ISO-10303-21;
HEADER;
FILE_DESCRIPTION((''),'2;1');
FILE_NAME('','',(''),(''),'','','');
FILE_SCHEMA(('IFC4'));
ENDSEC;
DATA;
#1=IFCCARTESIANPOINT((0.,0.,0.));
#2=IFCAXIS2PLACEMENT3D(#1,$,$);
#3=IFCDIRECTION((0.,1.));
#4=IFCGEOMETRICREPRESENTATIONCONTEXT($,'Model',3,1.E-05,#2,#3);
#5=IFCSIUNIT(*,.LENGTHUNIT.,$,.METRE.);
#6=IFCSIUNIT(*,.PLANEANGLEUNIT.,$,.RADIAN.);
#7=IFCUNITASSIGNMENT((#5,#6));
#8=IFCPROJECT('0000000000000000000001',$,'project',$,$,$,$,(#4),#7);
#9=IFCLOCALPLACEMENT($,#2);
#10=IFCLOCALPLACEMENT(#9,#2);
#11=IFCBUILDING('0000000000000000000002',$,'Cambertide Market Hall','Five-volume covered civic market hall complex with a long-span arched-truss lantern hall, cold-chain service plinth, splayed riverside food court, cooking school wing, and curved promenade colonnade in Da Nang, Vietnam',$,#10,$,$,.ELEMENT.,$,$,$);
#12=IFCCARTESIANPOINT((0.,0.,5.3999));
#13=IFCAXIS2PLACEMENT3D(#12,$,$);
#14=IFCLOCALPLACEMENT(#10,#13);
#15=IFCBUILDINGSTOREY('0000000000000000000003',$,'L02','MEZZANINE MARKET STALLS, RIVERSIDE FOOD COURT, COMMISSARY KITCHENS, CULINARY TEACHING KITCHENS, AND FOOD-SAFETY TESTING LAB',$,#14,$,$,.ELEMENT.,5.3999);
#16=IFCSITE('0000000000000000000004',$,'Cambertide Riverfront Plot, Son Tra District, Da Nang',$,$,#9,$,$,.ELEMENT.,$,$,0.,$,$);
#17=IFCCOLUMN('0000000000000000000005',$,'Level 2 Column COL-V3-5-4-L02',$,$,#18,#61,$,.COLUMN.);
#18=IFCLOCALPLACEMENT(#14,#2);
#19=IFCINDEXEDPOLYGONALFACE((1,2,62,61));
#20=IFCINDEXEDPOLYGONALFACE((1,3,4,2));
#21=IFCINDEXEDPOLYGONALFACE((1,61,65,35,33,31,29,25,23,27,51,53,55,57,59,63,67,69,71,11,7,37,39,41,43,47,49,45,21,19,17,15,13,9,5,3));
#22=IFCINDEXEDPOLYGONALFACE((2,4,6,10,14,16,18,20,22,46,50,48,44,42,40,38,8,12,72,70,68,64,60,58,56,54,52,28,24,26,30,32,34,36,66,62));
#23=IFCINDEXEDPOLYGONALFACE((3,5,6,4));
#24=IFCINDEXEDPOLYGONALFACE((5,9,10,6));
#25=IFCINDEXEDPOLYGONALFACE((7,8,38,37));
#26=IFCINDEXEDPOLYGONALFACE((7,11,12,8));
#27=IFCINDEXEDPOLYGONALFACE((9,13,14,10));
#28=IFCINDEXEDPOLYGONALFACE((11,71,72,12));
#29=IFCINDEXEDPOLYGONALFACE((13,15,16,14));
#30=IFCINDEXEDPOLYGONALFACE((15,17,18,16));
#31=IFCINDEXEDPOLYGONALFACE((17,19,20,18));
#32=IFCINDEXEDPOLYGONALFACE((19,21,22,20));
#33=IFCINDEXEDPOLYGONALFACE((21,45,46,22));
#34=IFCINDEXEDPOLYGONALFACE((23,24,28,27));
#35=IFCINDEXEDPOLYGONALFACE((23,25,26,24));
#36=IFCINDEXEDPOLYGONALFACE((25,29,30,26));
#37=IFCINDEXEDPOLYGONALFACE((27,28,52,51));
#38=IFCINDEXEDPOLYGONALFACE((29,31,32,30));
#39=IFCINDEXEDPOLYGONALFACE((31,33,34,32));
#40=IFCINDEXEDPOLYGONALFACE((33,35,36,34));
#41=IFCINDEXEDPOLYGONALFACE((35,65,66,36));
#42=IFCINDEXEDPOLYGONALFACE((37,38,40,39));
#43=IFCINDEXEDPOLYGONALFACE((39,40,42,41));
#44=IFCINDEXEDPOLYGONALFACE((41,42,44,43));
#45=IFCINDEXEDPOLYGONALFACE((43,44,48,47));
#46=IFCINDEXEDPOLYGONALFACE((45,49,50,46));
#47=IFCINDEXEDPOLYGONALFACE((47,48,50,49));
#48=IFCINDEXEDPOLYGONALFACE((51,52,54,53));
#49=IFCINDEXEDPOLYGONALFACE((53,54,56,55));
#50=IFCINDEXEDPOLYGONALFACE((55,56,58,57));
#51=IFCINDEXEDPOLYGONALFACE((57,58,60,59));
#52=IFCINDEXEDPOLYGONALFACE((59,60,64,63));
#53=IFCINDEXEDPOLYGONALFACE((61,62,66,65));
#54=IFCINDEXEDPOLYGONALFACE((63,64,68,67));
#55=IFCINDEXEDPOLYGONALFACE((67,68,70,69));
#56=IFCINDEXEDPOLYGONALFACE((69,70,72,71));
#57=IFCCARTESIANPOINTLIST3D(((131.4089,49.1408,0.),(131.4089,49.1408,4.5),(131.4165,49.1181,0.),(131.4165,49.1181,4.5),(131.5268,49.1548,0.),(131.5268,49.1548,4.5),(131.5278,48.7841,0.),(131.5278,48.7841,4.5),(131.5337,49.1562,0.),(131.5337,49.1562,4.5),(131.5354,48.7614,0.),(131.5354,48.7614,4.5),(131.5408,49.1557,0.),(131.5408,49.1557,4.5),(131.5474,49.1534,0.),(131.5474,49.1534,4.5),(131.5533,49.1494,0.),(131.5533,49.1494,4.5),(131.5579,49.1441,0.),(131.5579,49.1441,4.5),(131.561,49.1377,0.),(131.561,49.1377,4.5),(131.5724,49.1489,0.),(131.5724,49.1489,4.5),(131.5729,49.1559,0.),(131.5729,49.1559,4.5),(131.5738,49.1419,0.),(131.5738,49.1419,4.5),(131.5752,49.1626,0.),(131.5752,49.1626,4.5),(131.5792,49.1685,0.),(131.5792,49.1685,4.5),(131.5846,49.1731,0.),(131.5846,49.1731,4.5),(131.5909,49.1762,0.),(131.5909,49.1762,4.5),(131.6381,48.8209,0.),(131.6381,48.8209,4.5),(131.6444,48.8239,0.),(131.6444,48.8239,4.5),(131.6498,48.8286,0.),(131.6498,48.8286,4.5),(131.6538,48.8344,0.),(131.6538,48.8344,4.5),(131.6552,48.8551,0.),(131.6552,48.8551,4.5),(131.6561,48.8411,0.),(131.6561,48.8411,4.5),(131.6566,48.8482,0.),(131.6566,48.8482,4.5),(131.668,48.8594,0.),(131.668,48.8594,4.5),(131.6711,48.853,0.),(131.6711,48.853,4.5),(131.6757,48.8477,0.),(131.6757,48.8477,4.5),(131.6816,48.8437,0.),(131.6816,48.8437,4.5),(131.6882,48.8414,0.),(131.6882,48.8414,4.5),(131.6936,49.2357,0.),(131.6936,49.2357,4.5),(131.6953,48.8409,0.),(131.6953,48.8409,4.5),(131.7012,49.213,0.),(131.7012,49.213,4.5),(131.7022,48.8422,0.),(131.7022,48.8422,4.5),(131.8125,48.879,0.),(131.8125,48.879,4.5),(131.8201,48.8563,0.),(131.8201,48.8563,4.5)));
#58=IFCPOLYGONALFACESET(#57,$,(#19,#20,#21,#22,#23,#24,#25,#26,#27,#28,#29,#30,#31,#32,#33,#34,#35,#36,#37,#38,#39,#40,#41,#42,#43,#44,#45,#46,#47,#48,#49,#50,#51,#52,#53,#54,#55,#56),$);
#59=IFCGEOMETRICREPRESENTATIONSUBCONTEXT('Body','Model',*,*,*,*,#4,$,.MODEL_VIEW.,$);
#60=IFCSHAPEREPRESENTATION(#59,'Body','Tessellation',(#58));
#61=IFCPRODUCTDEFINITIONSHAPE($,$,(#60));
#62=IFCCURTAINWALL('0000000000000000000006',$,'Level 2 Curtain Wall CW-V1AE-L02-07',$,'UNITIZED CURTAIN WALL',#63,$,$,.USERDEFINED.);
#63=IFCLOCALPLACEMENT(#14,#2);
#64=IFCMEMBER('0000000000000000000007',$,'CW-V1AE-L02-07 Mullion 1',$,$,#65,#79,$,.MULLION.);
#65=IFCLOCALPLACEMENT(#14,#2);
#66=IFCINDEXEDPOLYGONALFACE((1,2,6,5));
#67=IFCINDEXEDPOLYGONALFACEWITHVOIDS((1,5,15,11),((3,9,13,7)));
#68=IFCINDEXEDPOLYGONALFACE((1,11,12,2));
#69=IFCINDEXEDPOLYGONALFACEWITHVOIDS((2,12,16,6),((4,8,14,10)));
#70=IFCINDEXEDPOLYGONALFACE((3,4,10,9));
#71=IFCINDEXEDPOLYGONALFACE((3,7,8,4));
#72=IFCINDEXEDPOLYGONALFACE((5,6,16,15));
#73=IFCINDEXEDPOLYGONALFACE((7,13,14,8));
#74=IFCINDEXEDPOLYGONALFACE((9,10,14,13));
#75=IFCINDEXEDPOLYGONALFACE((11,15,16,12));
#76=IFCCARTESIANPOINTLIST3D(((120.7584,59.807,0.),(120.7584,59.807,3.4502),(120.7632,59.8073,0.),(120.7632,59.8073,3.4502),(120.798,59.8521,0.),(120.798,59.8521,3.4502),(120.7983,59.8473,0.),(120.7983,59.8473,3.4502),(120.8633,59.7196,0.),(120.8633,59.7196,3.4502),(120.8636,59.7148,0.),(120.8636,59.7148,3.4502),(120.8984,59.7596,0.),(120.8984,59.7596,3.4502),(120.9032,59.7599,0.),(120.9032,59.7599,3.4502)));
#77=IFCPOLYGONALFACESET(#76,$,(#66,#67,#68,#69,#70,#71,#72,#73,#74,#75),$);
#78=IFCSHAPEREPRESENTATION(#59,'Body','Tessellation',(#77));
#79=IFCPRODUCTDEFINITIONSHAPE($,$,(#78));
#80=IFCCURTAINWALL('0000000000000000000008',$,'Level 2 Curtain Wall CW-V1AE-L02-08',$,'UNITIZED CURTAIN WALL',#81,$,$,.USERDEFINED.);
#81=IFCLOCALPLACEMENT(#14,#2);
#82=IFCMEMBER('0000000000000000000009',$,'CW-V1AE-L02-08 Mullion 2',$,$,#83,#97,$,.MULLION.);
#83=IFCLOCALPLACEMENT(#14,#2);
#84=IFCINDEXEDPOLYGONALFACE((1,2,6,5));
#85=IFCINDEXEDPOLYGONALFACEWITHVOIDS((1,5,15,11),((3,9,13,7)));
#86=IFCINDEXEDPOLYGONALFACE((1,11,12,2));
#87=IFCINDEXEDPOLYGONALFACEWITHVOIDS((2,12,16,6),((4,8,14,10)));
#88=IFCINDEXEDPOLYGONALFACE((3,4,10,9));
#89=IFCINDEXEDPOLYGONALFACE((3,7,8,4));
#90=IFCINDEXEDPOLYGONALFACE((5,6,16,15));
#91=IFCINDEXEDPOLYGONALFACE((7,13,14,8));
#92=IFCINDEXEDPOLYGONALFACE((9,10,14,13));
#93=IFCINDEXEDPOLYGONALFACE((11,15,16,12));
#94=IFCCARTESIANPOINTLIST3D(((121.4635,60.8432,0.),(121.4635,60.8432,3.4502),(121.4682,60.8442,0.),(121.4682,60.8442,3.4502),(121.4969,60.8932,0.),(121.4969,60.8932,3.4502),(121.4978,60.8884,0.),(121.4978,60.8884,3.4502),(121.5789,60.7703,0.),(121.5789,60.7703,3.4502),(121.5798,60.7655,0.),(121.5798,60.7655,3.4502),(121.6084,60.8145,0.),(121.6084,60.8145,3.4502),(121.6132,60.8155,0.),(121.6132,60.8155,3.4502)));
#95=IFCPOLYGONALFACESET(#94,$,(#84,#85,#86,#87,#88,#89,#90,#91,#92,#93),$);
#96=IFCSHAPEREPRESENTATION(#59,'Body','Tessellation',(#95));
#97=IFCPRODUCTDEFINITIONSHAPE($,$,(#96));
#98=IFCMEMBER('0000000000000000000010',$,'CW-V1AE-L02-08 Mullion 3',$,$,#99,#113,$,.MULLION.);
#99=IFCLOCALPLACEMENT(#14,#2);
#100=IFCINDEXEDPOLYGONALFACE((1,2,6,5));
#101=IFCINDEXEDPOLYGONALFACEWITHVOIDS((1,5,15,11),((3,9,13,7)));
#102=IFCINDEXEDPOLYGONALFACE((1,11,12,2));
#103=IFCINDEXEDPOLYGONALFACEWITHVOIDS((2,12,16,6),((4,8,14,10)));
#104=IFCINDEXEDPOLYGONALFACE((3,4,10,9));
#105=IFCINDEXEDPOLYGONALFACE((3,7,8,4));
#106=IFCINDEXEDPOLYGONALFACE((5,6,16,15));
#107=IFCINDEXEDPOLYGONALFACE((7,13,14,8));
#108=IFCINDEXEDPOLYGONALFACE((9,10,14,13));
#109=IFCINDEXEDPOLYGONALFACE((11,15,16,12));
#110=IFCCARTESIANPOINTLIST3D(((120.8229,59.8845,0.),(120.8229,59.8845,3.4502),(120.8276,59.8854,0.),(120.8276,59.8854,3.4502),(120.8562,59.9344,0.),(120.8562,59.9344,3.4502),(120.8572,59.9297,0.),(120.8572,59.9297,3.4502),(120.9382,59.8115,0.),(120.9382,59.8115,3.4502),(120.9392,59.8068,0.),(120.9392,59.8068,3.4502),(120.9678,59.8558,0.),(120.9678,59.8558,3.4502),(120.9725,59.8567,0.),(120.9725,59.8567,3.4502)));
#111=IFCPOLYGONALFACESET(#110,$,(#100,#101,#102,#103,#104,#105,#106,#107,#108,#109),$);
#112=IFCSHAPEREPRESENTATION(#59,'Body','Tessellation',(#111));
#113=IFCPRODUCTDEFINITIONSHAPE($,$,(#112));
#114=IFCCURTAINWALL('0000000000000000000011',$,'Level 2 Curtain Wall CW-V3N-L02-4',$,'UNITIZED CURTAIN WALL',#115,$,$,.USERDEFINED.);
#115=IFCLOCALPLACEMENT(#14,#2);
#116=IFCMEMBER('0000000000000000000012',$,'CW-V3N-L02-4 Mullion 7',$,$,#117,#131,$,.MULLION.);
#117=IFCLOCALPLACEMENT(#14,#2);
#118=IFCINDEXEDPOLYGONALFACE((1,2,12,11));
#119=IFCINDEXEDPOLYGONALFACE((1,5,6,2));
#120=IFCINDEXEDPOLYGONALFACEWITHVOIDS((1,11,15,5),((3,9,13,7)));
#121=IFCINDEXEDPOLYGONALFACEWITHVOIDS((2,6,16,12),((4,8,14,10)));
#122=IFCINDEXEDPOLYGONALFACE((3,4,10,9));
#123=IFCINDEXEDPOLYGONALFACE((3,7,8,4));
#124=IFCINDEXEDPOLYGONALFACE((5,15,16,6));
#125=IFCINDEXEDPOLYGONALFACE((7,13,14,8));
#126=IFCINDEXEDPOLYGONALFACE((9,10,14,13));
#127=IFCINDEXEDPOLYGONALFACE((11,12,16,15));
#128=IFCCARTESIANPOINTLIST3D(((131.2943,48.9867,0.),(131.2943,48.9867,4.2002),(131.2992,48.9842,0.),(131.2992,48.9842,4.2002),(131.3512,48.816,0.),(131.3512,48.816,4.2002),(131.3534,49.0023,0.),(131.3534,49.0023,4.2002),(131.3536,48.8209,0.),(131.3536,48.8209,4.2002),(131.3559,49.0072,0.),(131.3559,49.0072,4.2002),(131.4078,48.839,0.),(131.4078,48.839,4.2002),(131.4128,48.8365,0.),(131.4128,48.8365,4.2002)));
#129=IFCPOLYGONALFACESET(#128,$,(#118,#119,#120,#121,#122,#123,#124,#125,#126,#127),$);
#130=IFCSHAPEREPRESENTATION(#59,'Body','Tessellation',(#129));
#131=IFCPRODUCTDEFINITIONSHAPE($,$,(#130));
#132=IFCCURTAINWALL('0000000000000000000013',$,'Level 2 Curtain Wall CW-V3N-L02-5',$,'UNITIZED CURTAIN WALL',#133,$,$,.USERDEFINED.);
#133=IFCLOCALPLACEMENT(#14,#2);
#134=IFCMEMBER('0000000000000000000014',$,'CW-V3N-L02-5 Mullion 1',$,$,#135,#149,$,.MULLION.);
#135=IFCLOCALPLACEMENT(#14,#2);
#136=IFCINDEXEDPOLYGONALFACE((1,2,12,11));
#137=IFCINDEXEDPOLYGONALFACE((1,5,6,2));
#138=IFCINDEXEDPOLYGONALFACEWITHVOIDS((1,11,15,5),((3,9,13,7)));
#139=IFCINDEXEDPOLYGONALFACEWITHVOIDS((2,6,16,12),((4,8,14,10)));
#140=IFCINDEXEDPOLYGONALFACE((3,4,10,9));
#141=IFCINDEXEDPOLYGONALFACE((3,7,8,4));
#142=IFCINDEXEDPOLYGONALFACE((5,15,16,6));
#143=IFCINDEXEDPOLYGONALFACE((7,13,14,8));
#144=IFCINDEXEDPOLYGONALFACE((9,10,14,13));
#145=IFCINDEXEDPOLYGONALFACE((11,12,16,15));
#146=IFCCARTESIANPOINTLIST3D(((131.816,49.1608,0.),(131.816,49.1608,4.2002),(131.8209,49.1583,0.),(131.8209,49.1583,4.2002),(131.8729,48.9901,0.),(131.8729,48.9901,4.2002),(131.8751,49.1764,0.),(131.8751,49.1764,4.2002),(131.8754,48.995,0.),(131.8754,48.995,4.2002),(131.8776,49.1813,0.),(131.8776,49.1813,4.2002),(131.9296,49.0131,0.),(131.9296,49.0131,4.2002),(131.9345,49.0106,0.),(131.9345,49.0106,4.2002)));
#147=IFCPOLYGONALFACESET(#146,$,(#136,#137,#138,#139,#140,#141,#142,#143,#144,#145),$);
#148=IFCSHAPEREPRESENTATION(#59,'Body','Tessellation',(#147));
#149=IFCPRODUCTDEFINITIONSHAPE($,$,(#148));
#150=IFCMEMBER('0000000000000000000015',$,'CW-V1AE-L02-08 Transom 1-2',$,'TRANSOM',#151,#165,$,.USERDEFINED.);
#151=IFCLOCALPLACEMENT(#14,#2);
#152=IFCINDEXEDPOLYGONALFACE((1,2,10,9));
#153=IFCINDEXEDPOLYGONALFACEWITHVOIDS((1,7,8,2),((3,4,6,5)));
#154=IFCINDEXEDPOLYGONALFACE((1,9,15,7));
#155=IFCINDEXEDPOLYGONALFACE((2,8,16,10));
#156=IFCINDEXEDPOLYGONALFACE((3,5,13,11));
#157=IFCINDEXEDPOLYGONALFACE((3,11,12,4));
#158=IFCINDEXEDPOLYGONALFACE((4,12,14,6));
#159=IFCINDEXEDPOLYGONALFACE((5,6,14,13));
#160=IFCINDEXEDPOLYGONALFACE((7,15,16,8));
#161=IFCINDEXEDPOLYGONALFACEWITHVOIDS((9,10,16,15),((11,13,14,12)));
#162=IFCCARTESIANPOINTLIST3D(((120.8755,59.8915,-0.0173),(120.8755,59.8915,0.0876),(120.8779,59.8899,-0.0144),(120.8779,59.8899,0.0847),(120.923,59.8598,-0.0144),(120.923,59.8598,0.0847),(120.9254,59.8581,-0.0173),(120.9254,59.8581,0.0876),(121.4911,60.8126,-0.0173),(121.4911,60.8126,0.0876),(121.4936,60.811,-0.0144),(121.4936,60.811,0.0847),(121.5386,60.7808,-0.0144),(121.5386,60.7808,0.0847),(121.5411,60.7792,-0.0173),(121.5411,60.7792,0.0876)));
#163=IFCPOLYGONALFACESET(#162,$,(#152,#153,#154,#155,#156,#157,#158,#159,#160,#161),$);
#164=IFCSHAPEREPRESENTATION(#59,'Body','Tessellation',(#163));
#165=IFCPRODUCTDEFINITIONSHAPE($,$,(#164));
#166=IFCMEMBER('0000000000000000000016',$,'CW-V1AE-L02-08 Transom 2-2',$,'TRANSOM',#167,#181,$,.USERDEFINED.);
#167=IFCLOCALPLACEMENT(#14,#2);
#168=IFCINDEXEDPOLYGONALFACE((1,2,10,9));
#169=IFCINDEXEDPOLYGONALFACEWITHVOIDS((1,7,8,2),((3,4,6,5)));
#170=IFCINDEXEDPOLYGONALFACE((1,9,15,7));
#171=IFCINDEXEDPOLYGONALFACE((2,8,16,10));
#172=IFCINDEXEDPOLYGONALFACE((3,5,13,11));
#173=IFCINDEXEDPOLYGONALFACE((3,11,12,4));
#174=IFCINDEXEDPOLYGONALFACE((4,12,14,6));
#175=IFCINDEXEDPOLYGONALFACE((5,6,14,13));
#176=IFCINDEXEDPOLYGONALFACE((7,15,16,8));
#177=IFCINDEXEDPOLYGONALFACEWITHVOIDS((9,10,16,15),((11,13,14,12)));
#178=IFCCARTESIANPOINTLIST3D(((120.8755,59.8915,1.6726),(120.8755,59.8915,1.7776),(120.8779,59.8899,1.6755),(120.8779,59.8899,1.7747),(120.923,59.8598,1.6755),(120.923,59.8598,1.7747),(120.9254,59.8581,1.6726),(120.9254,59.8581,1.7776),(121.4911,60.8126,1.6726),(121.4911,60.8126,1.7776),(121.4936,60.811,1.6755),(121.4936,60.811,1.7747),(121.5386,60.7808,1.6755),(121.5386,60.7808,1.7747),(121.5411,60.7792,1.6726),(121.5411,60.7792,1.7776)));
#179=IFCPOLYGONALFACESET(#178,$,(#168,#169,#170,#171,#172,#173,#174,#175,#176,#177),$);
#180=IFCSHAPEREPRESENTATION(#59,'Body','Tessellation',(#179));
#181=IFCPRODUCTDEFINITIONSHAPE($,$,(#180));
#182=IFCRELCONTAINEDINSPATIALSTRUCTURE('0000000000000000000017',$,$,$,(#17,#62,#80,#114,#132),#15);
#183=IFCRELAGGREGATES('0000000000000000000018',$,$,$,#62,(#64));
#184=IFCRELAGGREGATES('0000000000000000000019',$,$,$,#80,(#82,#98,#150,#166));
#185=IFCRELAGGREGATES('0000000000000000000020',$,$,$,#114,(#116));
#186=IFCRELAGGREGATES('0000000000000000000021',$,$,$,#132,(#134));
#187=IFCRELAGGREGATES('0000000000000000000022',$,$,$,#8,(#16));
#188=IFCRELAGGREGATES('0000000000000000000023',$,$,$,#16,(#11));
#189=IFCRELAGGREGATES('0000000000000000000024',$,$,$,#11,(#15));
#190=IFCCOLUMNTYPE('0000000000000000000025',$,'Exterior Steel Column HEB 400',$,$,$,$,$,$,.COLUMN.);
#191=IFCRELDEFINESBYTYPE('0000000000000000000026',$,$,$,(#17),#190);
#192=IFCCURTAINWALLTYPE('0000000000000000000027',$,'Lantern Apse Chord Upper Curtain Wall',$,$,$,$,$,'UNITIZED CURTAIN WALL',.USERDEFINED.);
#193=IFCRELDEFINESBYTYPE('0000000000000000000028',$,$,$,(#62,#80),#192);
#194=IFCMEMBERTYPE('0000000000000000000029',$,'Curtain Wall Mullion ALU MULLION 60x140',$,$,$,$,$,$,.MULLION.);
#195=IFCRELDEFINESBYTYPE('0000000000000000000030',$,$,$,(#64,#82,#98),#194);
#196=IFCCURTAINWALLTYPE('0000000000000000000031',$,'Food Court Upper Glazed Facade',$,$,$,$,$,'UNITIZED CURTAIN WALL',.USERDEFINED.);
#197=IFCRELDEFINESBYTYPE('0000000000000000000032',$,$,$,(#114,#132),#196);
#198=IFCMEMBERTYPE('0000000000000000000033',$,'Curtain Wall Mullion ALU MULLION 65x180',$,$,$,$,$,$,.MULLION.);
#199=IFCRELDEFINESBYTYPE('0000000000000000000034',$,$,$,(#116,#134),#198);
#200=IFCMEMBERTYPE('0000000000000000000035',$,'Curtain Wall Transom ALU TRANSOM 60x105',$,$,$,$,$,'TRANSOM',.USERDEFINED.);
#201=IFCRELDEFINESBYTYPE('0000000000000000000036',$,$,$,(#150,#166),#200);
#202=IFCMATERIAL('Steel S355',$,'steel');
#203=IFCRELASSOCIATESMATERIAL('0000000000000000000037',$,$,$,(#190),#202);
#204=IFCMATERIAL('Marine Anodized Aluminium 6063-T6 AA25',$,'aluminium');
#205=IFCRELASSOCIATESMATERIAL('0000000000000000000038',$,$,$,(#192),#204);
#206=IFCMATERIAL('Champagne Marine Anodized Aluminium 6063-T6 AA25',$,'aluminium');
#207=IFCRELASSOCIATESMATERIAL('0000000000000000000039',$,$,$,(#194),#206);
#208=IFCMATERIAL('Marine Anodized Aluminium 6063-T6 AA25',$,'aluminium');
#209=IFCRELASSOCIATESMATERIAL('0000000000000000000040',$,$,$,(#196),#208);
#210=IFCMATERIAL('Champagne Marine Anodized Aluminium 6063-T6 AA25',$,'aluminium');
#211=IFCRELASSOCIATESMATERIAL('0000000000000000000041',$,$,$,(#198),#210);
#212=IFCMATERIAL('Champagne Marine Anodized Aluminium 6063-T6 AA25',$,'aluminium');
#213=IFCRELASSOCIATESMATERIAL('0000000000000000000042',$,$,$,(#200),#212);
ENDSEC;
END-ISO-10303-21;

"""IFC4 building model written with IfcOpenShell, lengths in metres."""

from ifc_helpers import new_model, si_unit, direction, frame, origin, origin_2d, place, context, subcontext, project, spatial, hollow_rectangle, i_section, extrude, material, material_profile, profile_set, type_object, element, aggregate, save


model = new_model("IFC4")

# Units and contexts
model_context = context("Model", 3, precision=1e-05, world=origin(), true_north=direction((0.0, 1.0)))
body_context = subcontext(model_context, "Body", "Model", "MODEL_VIEW")
ifc_project = project(units=[si_unit("LENGTHUNIT", "METRE"), si_unit("PLANEANGLEUNIT", "RADIAN")], contexts=[model_context])

# Site, building, storey
site_placement = place(None, origin())
site = spatial("IfcSite", under=ifc_project, at=site_placement, Name="Cambertide Riverfront Plot, Son Tra District, Da Nang", CompositionType="ELEMENT", RefElevation=0.0)
building_placement = place(site_placement, origin())
building = spatial("IfcBuilding", under=site, at=building_placement, Name="Cambertide Market Hall", Description="Five-volume covered civic market hall complex with a long-span arched-truss lantern hall, cold-chain service plinth, splayed riverside food court, cooking school wing, and curved promenade colonnade in Da Nang, Vietnam", CompositionType="ELEMENT")
storey_placement = place(building_placement, frame((0.0, 0.0, 5.3999)))
storey = spatial("IfcBuildingStorey", under=building, at=storey_placement, Name="L02", Description="MEZZANINE MARKET STALLS, RIVERSIDE FOOD COURT, COMMISSARY KITCHENS, CULINARY TEACHING KITCHENS, AND FOOD-SAFETY TESTING LAB", CompositionType="ELEMENT", Elevation=5.3999)

# Column
ifc_material_1 = material(Name="Steel S355", Category="steel")
ifc_material_profile_1 = material_profile(ifc_material_1, i_section(OverallWidth=0.3, OverallDepth=0.3999, WebThickness=0.0134, FlangeThickness=0.0239, FilletRadius=0.0271, at=origin_2d()), Name="HEB 400")
ifc_profile_set_1 = profile_set([ifc_material_profile_1], Name="Steel S355")
column_type = type_object("IfcColumnType", Name="Exterior Steel Column HEB 400", PredefinedType="COLUMN", material=ifc_profile_set_1)
column_placement = place(storey_placement, frame((131.6145, 48.9985, 0.0), z_axis=(0.0, 0.0, 1.0), x_axis=(0.948683, 0.316228, 0.0)))
element("IfcColumn", 1, at=column_placement, inside=storey, type_object=column_type, Name="Level 2 Column COL-V3-5-4-L02", PredefinedType="COLUMN", context=body_context, shape_type="SweptSolid", body=[
    extrude(i_section(OverallWidth=0.3, OverallDepth=0.3999, WebThickness=0.0134, FlangeThickness=0.0239, FilletRadius=0.0271, at=origin_2d()), origin(), (0.0, 0.0, 1.0), 4.5),
])

# Curtain wall, member
ifc_material_2 = material(Name="Marine Anodized Aluminium 6063-T6 AA25", Category="aluminium")
curtain_wall_type_1 = type_object("IfcCurtainWallType", Name="Lantern Apse Chord Upper Curtain Wall", ElementType="UNITIZED CURTAIN WALL", PredefinedType="USERDEFINED", material=ifc_material_2)
curtain_wall_1_placement = place(storey_placement, origin())
curtain_wall_1 = element("IfcCurtainWall", 2, at=curtain_wall_1_placement, inside=storey, type_object=curtain_wall_type_1, Name="Level 2 Curtain Wall CW-V1AE-L02-07", ObjectType="UNITIZED CURTAIN WALL", PredefinedType="USERDEFINED")
ifc_material_3 = material(Name="Champagne Marine Anodized Aluminium 6063-T6 AA25", Category="aluminium")
ifc_material_profile_2 = material_profile(ifc_material_3, hollow_rectangle(XDim=0.0601, YDim=0.1399, WallThickness=0.0034, at=origin_2d()), Name="ALU MULLION 60x140")
ifc_profile_set_2 = profile_set([ifc_material_profile_2], Name="Champagne Marine Anodized Aluminium 6063-T6 AA25")
member_type_1 = type_object("IfcMemberType", Name="Curtain Wall Mullion ALU MULLION 60x140", PredefinedType="MULLION", material=ifc_profile_set_2)
member_1_placement = place(storey_placement, frame((120.8308, 59.7834, 0.0), z_axis=(0.0, 0.0, 1.0), x_axis=(-0.659346, -0.75184, 0.0)))
member_1 = element("IfcMember", 3, at=member_1_placement, type_object=member_type_1, Name="CW-V1AE-L02-07 Mullion 1", PredefinedType="MULLION", context=body_context, shape_type="SweptSolid", body=[
    extrude(hollow_rectangle(XDim=0.0601, YDim=0.1399, WallThickness=0.0034, at=origin_2d()), origin(), (0.0, 0.0, 1.0), 3.4502),
])
aggregate(curtain_wall_1, [member_1])

# Curtain wall, members
curtain_wall_2_placement = place(storey_placement, origin())
curtain_wall_2 = element("IfcCurtainWall", 4, at=curtain_wall_2_placement, inside=storey, type_object=curtain_wall_type_1, Name="Level 2 Curtain Wall CW-V1AE-L02-08", ObjectType="UNITIZED CURTAIN WALL", PredefinedType="USERDEFINED")
member_2_placement = place(storey_placement, frame((121.5383, 60.8293, 0.0), z_axis=(0.0, 0.0, 1.0), x_axis=(-0.55557, -0.83147, 0.0)))
member_2 = element("IfcMember", 5, at=member_2_placement, type_object=member_type_1, Name="CW-V1AE-L02-08 Mullion 2", PredefinedType="MULLION", context=body_context, shape_type="SweptSolid", body=[
    extrude(hollow_rectangle(XDim=0.0601, YDim=0.1399, WallThickness=0.0034, at=origin_2d()), origin(), (0.0, 0.0, 1.0), 3.4502),
])
member_3_placement = place(storey_placement, frame((120.8977, 59.8706, 0.0), z_axis=(0.0, 0.0, 1.0), x_axis=(-0.55557, -0.83147, 0.0)))
member_3 = element("IfcMember", 6, at=member_3_placement, type_object=member_type_1, Name="CW-V1AE-L02-08 Mullion 3", PredefinedType="MULLION", context=body_context, shape_type="SweptSolid", body=[
    extrude(hollow_rectangle(XDim=0.0601, YDim=0.1399, WallThickness=0.0034, at=origin_2d()), origin(), (0.0, 0.0, 1.0), 3.4502),
])

# Curtain walls, members
ifc_material_4 = material(Name="Marine Anodized Aluminium 6063-T6 AA25", Category="aluminium")
curtain_wall_type_2 = type_object("IfcCurtainWallType", Name="Food Court Upper Glazed Facade", ElementType="UNITIZED CURTAIN WALL", PredefinedType="USERDEFINED", material=ifc_material_4)
curtain_wall_3_placement = place(storey_placement, origin())
curtain_wall_3 = element("IfcCurtainWall", 7, at=curtain_wall_3_placement, inside=storey, type_object=curtain_wall_type_2, Name="Level 2 Curtain Wall CW-V3N-L02-4", ObjectType="UNITIZED CURTAIN WALL", PredefinedType="USERDEFINED")
ifc_material_5 = material(Name="Champagne Marine Anodized Aluminium 6063-T6 AA25", Category="aluminium")
ifc_material_profile_3 = material_profile(ifc_material_5, hollow_rectangle(XDim=0.0649, YDim=0.1799, WallThickness=0.0039, at=origin_2d()), Name="ALU MULLION 65x180")
ifc_profile_set_3 = profile_set([ifc_material_profile_3], Name="Champagne Marine Anodized Aluminium 6063-T6 AA25")
member_type_2 = type_object("IfcMemberType", Name="Curtain Wall Mullion ALU MULLION 65x180", PredefinedType="MULLION", material=ifc_profile_set_3)
member_4_placement = place(storey_placement, frame((131.3535, 48.9116, 0.0), z_axis=(0.0, 0.0, 1.0), x_axis=(0.948683, 0.316228, 0.0)))
member_4 = element("IfcMember", 8, at=member_4_placement, type_object=member_type_2, Name="CW-V3N-L02-4 Mullion 7", PredefinedType="MULLION", context=body_context, shape_type="SweptSolid", body=[
    extrude(hollow_rectangle(XDim=0.0649, YDim=0.1799, WallThickness=0.0039, at=origin_2d()), origin(), (0.0, 0.0, 1.0), 4.2002),
])
curtain_wall_4_placement = place(storey_placement, origin())
curtain_wall_4 = element("IfcCurtainWall", 9, at=curtain_wall_4_placement, inside=storey, type_object=curtain_wall_type_2, Name="Level 2 Curtain Wall CW-V3N-L02-5", ObjectType="UNITIZED CURTAIN WALL", PredefinedType="USERDEFINED")
member_5_placement = place(storey_placement, frame((131.8752, 49.0857, 0.0), z_axis=(0.0, 0.0, 1.0), x_axis=(0.948683, 0.316228, 0.0)))
member_5 = element("IfcMember", 10, at=member_5_placement, type_object=member_type_2, Name="CW-V3N-L02-5 Mullion 1", PredefinedType="MULLION", context=body_context, shape_type="SweptSolid", body=[
    extrude(hollow_rectangle(XDim=0.0649, YDim=0.1799, WallThickness=0.0039, at=origin_2d()), origin(), (0.0, 0.0, 1.0), 4.2002),
])

# Members
ifc_material_6 = material(Name="Champagne Marine Anodized Aluminium 6063-T6 AA25", Category="aluminium")
ifc_material_profile_4 = material_profile(ifc_material_6, hollow_rectangle(XDim=0.0601, YDim=0.105, WallThickness=0.0029, at=origin_2d()), Name="ALU TRANSOM 60x105")
ifc_profile_set_4 = profile_set([ifc_material_profile_4], Name="Champagne Marine Anodized Aluminium 6063-T6 AA25")
member_type_3 = type_object("IfcMemberType", Name="Curtain Wall Transom ALU TRANSOM 60x105", ElementType="TRANSOM", PredefinedType="USERDEFINED", material=ifc_profile_set_4)
member_6_placement = place(storey_placement, frame((121.5161, 60.7959, 0.0352), z_axis=(-0.555717, -0.831372, 0.0), x_axis=(0.831372, -0.555717, 0.0)))
member_6 = element("IfcMember", 11, at=member_6_placement, type_object=member_type_3, Name="CW-V1AE-L02-08 Transom 1-2", ObjectType="TRANSOM", PredefinedType="USERDEFINED", context=body_context, shape_type="SweptSolid", body=[
    extrude(hollow_rectangle(XDim=0.0601, YDim=0.105, WallThickness=0.0029, at=origin_2d()), origin(), (0.0, 0.0, 1.0), 1.1079),
])
member_7_placement = place(storey_placement, frame((121.5161, 60.7959, 1.7251), z_axis=(-0.555717, -0.831372, 0.0), x_axis=(0.831372, -0.555717, 0.0)))
member_7 = element("IfcMember", 12, at=member_7_placement, type_object=member_type_3, Name="CW-V1AE-L02-08 Transom 2-2", ObjectType="TRANSOM", PredefinedType="USERDEFINED", context=body_context, shape_type="SweptSolid", body=[
    extrude(hollow_rectangle(XDim=0.0601, YDim=0.105, WallThickness=0.0029, at=origin_2d()), origin(), (0.0, 0.0, 1.0), 1.1079),
])

aggregate(curtain_wall_2, [member_2, member_3, member_6, member_7])
aggregate(curtain_wall_3, [member_4])
aggregate(curtain_wall_4, [member_5])

save(model, "model.ifc")
